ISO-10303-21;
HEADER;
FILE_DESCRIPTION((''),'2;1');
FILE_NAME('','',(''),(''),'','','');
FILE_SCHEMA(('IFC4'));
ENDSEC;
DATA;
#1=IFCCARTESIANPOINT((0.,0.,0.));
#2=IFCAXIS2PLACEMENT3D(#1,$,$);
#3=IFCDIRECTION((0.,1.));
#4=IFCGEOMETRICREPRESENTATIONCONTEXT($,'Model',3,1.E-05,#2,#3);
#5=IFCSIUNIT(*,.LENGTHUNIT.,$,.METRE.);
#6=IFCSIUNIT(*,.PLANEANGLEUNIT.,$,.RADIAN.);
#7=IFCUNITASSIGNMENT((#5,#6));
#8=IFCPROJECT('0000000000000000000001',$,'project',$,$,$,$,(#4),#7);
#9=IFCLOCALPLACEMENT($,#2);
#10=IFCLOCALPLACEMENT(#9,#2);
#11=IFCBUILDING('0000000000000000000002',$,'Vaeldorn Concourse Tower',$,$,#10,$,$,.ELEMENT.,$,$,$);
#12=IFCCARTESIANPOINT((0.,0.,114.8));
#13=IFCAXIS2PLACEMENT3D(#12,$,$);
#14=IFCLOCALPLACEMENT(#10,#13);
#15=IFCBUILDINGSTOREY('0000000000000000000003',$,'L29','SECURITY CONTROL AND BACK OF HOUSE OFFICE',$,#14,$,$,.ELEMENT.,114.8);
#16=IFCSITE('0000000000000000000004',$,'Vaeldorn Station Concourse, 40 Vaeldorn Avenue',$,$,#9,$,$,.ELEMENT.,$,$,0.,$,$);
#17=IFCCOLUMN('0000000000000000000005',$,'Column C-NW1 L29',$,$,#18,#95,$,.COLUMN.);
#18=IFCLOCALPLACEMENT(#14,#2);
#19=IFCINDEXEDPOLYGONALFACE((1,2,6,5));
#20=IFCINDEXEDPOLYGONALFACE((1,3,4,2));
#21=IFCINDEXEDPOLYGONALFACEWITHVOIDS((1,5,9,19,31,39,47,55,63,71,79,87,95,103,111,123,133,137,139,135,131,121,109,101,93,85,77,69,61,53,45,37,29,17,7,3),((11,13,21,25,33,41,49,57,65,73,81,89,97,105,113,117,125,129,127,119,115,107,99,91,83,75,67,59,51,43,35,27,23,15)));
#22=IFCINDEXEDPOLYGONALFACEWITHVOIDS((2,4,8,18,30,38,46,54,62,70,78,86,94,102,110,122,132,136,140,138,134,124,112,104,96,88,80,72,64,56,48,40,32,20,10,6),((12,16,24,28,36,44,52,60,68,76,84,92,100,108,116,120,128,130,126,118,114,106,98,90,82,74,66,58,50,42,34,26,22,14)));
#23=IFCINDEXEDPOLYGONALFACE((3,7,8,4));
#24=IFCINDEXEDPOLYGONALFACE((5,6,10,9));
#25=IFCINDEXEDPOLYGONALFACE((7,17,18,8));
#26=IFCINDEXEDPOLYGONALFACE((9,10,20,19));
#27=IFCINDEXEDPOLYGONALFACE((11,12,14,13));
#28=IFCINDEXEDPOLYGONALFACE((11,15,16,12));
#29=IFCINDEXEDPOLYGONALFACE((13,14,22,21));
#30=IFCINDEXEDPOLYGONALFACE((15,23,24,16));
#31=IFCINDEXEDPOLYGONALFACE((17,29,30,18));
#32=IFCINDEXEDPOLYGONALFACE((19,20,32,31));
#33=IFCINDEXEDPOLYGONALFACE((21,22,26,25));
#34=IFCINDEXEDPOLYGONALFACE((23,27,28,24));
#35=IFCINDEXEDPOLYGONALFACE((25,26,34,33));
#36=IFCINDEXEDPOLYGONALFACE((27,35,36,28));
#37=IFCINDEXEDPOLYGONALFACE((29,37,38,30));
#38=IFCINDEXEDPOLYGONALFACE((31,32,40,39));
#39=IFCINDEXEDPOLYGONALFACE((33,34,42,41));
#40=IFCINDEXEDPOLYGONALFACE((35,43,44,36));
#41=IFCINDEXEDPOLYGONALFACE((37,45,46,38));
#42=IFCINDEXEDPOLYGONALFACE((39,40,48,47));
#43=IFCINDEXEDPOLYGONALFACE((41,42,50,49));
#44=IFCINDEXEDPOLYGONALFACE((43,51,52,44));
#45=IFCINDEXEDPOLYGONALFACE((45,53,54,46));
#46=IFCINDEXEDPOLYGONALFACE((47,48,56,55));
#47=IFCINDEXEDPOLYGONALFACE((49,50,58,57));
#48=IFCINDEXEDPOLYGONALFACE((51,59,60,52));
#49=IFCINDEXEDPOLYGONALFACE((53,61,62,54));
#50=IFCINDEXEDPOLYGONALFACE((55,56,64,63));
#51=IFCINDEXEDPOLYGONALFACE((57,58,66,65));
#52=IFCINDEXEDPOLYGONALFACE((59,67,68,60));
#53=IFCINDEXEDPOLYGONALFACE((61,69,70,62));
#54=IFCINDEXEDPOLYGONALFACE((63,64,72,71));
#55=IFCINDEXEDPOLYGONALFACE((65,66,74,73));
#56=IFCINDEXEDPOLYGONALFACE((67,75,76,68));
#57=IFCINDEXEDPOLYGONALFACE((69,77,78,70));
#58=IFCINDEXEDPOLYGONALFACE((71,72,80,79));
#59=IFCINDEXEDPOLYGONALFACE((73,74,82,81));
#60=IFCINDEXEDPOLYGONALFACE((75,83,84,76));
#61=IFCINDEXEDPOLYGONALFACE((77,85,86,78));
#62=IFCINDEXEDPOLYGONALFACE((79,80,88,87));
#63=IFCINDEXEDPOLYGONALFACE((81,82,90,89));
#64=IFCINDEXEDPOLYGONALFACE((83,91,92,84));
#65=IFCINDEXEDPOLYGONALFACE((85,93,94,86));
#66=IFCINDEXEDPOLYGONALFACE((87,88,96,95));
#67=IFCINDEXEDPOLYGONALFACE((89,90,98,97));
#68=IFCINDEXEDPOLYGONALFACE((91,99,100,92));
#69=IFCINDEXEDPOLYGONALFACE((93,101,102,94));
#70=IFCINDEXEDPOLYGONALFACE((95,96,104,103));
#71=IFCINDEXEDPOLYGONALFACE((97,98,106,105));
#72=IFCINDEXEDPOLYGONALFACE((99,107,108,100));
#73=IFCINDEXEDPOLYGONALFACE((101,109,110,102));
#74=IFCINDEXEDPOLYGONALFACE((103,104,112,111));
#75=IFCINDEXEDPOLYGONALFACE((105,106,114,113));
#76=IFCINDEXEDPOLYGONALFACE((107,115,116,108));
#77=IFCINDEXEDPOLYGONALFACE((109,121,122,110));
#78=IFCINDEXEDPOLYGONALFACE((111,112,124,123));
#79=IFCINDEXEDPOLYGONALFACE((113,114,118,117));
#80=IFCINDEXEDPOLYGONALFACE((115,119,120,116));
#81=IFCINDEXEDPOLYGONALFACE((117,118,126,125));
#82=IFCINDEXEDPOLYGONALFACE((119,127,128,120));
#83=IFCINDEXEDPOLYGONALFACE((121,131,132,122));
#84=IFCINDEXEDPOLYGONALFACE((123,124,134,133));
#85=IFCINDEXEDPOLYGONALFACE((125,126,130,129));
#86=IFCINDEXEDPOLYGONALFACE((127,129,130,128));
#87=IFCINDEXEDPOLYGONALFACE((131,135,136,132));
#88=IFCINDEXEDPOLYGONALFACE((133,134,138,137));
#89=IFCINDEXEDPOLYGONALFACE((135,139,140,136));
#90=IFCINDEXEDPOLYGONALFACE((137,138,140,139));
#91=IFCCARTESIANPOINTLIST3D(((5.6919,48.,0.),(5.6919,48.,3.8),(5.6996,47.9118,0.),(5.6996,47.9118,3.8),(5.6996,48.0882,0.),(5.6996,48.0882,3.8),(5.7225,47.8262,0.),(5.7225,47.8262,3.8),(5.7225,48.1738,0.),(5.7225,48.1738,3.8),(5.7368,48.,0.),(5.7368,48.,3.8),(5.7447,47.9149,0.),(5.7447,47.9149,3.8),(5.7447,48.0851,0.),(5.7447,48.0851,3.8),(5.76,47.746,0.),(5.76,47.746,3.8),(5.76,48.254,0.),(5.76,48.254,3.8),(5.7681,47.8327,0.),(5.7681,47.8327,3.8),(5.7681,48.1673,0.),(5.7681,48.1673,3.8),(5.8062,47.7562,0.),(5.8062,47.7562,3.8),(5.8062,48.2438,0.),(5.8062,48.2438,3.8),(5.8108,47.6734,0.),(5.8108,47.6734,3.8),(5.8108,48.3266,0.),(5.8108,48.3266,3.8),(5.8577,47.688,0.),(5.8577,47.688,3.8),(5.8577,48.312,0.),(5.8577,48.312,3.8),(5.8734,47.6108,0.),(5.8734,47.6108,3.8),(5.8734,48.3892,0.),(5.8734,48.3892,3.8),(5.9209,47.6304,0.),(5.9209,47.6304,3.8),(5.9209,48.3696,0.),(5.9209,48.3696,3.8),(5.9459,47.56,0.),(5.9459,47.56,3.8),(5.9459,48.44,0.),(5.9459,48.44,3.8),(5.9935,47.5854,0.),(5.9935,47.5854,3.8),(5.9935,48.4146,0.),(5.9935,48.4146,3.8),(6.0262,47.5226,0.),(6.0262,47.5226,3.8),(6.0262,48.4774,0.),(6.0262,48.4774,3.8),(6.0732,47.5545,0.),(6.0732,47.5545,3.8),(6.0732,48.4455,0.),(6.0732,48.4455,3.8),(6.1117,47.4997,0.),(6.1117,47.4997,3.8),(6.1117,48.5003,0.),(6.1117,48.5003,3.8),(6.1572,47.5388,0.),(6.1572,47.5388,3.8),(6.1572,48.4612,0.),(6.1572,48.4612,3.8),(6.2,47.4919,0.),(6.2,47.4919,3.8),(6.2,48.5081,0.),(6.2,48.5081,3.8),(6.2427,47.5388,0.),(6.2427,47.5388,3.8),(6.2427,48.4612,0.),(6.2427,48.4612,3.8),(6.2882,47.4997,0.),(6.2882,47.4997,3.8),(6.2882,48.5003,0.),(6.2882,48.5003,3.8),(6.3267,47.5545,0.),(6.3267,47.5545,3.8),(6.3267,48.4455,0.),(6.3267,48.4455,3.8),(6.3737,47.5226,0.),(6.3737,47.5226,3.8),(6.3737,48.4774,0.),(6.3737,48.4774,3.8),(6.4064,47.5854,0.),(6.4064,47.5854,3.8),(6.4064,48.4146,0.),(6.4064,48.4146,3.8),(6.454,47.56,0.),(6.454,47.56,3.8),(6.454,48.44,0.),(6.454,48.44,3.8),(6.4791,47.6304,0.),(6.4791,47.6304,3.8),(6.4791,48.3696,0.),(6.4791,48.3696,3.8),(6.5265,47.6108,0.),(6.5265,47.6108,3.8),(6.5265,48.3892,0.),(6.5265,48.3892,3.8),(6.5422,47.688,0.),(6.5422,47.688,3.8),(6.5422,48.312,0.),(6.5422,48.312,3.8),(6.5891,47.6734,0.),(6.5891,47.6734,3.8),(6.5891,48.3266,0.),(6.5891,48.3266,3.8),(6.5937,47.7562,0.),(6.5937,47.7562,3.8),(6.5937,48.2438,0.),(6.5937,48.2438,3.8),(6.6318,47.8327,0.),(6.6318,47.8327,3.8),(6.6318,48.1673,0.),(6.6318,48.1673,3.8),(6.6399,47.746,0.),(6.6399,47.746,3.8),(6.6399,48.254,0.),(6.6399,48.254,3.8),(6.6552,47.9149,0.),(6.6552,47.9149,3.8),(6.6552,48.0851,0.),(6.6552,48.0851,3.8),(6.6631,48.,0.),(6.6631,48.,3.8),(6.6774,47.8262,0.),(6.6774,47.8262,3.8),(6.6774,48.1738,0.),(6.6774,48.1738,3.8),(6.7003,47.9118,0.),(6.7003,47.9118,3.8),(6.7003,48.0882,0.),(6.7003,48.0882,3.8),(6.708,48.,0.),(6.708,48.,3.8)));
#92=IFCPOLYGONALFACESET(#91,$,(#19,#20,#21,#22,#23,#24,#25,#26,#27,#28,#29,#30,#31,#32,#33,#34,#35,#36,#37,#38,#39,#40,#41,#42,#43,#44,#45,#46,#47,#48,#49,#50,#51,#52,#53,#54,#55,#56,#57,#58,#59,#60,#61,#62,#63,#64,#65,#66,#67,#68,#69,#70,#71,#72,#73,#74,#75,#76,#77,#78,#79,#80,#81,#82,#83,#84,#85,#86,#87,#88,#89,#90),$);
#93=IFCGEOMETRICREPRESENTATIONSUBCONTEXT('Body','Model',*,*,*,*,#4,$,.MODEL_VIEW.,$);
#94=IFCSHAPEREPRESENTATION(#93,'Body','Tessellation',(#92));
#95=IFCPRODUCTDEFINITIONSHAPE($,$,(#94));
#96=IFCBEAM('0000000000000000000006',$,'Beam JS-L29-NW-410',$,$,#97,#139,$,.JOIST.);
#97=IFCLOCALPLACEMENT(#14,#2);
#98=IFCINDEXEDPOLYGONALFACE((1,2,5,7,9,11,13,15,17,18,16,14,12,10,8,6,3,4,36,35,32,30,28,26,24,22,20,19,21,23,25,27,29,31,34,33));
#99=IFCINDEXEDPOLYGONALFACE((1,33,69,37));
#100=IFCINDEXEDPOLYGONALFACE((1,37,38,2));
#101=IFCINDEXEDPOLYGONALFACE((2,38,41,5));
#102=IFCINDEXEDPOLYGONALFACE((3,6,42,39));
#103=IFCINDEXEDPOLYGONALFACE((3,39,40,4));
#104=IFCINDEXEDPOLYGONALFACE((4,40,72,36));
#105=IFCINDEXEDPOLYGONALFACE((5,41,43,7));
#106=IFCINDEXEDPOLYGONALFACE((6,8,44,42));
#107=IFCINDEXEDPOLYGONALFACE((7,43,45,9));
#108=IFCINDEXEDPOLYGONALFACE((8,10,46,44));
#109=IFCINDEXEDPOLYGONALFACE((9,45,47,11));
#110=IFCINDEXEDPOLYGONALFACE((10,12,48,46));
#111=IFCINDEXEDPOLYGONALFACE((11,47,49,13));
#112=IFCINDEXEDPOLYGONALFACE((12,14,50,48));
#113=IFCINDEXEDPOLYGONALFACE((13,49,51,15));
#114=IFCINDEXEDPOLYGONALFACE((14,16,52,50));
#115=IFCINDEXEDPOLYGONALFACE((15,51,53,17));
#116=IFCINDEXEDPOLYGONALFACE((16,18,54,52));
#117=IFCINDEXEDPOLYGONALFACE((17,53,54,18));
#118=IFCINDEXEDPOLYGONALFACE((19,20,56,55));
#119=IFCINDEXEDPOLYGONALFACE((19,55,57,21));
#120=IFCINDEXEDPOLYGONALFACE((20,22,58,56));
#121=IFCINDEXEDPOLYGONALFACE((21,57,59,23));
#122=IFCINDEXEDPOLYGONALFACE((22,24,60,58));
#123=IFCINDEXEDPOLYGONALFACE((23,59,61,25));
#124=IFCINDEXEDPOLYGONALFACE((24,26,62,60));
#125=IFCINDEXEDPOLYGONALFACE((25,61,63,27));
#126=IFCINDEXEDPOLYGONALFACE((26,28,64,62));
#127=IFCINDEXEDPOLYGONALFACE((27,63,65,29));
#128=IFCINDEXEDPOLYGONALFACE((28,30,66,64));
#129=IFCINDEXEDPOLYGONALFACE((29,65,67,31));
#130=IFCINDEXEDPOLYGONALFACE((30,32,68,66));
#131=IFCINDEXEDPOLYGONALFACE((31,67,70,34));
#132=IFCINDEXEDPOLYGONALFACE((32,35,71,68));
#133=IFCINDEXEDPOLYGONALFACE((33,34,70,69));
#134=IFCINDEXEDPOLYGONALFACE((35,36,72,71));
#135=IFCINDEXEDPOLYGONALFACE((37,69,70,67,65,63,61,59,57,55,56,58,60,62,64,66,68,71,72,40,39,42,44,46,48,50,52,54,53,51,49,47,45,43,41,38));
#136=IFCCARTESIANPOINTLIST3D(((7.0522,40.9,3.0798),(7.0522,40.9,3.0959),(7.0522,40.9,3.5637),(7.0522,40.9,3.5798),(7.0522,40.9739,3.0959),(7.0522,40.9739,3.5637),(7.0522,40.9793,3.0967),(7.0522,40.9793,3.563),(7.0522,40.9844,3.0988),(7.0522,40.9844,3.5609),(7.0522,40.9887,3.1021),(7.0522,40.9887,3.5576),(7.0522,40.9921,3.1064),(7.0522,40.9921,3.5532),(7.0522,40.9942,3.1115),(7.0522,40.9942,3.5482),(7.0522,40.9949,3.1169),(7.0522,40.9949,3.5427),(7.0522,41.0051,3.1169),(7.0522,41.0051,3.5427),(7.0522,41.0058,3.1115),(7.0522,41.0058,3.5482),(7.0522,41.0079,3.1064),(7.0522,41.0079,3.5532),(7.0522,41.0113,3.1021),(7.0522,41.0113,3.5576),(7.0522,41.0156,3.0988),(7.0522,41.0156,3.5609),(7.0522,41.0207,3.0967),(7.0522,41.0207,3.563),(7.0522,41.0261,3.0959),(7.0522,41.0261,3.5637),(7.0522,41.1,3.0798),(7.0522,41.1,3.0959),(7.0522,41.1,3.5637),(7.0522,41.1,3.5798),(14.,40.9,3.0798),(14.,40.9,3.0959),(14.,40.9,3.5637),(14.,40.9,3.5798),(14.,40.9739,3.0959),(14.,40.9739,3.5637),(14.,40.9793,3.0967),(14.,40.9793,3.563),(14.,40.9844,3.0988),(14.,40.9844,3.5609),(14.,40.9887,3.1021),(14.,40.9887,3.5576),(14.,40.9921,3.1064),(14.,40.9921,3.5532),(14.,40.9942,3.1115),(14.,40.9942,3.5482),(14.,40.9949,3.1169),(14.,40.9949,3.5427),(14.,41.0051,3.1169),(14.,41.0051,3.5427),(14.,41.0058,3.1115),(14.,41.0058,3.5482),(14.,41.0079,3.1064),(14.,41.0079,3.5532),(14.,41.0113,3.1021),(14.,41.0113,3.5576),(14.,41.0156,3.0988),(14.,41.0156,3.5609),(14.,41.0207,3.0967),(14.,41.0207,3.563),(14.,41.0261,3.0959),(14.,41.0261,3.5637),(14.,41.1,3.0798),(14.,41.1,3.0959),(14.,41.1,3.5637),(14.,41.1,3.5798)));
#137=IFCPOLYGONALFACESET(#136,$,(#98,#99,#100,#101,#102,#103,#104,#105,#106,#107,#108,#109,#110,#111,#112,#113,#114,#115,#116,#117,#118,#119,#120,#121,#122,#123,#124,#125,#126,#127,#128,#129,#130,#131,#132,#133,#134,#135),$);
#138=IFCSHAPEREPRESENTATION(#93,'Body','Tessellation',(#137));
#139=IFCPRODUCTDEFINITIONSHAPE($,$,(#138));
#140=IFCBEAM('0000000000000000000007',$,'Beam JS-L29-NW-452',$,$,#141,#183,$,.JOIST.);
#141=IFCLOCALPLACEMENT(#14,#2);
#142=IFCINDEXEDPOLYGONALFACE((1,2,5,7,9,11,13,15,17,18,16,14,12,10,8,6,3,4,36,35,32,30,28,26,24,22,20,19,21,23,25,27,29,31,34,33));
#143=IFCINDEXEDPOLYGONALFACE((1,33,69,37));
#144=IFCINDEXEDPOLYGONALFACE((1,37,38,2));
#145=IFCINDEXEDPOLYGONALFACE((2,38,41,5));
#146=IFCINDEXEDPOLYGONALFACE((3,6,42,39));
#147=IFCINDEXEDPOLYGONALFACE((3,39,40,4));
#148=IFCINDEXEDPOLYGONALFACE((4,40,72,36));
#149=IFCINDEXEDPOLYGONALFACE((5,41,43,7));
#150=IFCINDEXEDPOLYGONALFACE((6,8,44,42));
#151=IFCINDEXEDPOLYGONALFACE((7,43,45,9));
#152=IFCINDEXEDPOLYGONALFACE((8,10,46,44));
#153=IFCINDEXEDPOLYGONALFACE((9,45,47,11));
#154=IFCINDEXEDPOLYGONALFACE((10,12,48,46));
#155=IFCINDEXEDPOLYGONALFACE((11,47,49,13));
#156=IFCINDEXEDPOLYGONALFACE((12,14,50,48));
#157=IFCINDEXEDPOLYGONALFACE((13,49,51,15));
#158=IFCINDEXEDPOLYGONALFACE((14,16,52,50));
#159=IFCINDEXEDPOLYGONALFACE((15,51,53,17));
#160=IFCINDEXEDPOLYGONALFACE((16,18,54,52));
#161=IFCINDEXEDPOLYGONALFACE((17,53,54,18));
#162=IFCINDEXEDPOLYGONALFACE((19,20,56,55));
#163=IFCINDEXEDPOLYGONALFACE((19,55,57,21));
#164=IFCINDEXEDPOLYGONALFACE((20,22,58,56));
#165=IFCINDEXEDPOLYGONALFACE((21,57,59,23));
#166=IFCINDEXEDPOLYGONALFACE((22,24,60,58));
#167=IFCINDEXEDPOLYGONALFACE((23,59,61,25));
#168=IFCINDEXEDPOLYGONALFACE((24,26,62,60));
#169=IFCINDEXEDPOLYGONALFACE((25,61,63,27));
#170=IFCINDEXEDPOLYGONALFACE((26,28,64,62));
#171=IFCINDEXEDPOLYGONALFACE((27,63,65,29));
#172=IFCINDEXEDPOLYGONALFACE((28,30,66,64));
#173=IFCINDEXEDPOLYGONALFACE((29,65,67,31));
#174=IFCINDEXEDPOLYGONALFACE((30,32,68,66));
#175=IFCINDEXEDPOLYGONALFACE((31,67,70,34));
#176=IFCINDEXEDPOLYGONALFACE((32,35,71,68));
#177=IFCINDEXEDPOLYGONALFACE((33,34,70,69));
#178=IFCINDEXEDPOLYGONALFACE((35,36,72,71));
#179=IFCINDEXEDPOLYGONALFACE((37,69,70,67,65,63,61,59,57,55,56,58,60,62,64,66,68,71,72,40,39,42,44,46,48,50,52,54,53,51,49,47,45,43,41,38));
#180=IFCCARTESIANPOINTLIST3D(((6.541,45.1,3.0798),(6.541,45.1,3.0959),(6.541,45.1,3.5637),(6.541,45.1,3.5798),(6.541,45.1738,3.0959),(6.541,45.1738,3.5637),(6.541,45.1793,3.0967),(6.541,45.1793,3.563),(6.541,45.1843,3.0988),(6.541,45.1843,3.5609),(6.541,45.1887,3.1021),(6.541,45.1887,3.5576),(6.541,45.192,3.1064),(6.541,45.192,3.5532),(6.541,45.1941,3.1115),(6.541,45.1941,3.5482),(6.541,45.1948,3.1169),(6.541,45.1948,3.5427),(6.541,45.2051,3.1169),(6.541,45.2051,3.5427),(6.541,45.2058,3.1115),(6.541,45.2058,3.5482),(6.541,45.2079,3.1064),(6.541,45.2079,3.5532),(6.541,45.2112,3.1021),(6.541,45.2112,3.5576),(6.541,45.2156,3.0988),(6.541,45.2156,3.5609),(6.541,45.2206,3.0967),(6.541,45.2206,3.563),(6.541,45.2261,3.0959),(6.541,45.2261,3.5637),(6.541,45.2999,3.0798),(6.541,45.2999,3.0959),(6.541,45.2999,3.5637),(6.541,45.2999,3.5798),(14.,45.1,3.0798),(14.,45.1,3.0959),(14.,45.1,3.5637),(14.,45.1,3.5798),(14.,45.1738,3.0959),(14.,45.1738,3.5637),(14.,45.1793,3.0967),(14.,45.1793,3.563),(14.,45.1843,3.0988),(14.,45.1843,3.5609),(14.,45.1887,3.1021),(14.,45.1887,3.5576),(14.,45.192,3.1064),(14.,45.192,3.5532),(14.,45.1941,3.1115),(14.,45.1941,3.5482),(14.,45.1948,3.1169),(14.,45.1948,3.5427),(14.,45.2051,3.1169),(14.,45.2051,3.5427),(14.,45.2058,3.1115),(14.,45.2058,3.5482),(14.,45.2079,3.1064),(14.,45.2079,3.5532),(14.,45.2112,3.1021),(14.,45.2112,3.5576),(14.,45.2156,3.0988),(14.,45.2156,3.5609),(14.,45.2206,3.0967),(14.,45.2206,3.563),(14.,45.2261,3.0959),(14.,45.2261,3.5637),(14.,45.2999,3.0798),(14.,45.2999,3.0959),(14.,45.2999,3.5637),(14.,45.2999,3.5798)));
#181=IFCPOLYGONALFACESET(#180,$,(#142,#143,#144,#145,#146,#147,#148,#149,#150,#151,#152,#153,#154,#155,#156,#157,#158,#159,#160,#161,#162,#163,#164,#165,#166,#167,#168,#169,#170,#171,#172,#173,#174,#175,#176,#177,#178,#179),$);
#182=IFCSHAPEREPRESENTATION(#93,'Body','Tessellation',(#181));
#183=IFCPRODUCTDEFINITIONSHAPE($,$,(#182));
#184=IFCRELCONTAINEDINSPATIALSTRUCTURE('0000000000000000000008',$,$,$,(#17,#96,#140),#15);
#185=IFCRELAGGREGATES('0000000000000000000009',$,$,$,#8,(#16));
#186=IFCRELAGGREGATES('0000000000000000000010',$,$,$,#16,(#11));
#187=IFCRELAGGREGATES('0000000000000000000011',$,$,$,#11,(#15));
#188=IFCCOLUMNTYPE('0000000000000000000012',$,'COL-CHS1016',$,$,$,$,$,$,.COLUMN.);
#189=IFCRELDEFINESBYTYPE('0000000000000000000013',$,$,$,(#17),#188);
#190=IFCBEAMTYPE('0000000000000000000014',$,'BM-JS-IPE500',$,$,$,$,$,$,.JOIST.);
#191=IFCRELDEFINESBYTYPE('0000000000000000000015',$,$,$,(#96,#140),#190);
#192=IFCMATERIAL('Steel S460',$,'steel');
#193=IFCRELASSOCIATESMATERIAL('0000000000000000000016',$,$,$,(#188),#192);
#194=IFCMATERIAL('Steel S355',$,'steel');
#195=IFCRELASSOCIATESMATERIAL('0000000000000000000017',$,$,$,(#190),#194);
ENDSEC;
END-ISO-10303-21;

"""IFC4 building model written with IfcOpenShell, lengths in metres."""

from ifc_helpers import new_model, si_unit, direction, frame, origin, origin_2d, place, context, subcontext, project, spatial, hollow_circle, i_section, extrude, source, transform, mapped, material, material_profile, profile_set, type_object, element, save


model = new_model("IFC4")

# Units and contexts
model_context = context("Model", 3, precision=1e-05, world=origin(), true_north=direction((0.0, 1.0)))
body_context = subcontext(model_context, "Body", "Model", "MODEL_VIEW")
ifc_project = project(units=[si_unit("LENGTHUNIT", "METRE"), si_unit("PLANEANGLEUNIT", "RADIAN")], contexts=[model_context])

# Site, building, storey
site_placement = place(None, origin())
site = spatial("IfcSite", under=ifc_project, at=site_placement, Name="Vaeldorn Station Concourse, 40 Vaeldorn Avenue", CompositionType="ELEMENT", RefElevation=0.0)
building_placement = place(site_placement, origin())
building = spatial("IfcBuilding", under=site, at=building_placement, Name="Vaeldorn Concourse Tower", CompositionType="ELEMENT")
storey_placement = place(building_placement, frame((0.0, 0.0, 114.8)))
storey = spatial("IfcBuildingStorey", under=building, at=storey_placement, Name="L29", Description="SECURITY CONTROL AND BACK OF HOUSE OFFICE", CompositionType="ELEMENT", Elevation=114.8)

# Column
ifc_material_1 = material(Name="Steel S460", Category="steel")
ifc_material_profile_1 = material_profile(ifc_material_1, hollow_circle(Radius=0.5081, WallThickness=0.0449, at=origin_2d()), Name="CHS 1016x45")
ifc_profile_set_1 = profile_set([ifc_material_profile_1], Name="Steel S460")
column_type = type_object("IfcColumnType", Name="COL-CHS1016", PredefinedType="COLUMN", material=ifc_profile_set_1)
shared_shape_1 = source(origin(), body_context, "Body", "SweptSolid", [
    extrude(hollow_circle(Radius=0.5081, WallThickness=0.0449, at=origin_2d()), origin(), (0.0, 0.0, 1.0), 3.8),
])
column_placement = place(storey_placement, frame((6.2, 48.0, 0.0), z_axis=(0.0, 0.0, 1.0), x_axis=(1.0, 0.0, 0.0)))
element("IfcColumn", 1, at=column_placement, inside=storey, type_object=column_type, Name="Column C-NW1 L29", PredefinedType="COLUMN", context=body_context, shape_type="MappedRepresentation", body=[
    mapped(shared_shape_1, transform((0.0, 0.0, 0.0), scale=1.0)),
])

# Beams
ifc_material_2 = material(Name="Steel S355", Category="steel")
ifc_material_profile_2 = material_profile(ifc_material_2, i_section(OverallWidth=0.2, OverallDepth=0.5, WebThickness=0.0103, FlangeThickness=0.0161, FilletRadius=0.021, at=origin_2d()), Name="IPE 500")
ifc_profile_set_2 = profile_set([ifc_material_profile_2], Name="Steel S355")
beam_type_1 = type_object("IfcBeamType", Name="BM-JS-IPE500", PredefinedType="JOIST", material=ifc_profile_set_2)
shared_shape_2 = source(origin(), body_context, "Body", "SweptSolid", [
    extrude(i_section(OverallWidth=0.2, OverallDepth=0.5, WebThickness=0.0103, FlangeThickness=0.0161, FilletRadius=0.021, at=origin_2d()), origin(), (0.0, 0.0, 1.0), 6.9478),
])
beam_1_placement = place(storey_placement, frame((7.0522, 41.0, 3.3298), z_axis=(1.0, 0.0, 0.0), x_axis=(0.0, 1.0, 0.0)))
element("IfcBeam", 2, at=beam_1_placement, inside=storey, type_object=beam_type_1, Name="Beam JS-L29-NW-410", PredefinedType="JOIST", context=body_context, shape_type="MappedRepresentation", body=[
    mapped(shared_shape_2, transform((0.0, 0.0, 0.0), scale=1.0)),
])
shared_shape_3 = source(origin(), body_context, "Body", "SweptSolid", [
    extrude(i_section(OverallWidth=0.2, OverallDepth=0.5, WebThickness=0.0103, FlangeThickness=0.0161, FilletRadius=0.021, at=origin_2d()), origin(), (0.0, 0.0, 1.0), 7.459),
])
beam_2_placement = place(storey_placement, frame((6.541, 45.2, 3.3298), z_axis=(1.0, 0.0, 0.0), x_axis=(0.0, 1.0, 0.0)))
element("IfcBeam", 3, at=beam_2_placement, inside=storey, type_object=beam_type_1, Name="Beam JS-L29-NW-452", PredefinedType="JOIST", context=body_context, shape_type="MappedRepresentation", body=[
    mapped(shared_shape_3, transform((0.0, 0.0, 0.0), scale=1.0)),
])

save(model, "model.ifc")
